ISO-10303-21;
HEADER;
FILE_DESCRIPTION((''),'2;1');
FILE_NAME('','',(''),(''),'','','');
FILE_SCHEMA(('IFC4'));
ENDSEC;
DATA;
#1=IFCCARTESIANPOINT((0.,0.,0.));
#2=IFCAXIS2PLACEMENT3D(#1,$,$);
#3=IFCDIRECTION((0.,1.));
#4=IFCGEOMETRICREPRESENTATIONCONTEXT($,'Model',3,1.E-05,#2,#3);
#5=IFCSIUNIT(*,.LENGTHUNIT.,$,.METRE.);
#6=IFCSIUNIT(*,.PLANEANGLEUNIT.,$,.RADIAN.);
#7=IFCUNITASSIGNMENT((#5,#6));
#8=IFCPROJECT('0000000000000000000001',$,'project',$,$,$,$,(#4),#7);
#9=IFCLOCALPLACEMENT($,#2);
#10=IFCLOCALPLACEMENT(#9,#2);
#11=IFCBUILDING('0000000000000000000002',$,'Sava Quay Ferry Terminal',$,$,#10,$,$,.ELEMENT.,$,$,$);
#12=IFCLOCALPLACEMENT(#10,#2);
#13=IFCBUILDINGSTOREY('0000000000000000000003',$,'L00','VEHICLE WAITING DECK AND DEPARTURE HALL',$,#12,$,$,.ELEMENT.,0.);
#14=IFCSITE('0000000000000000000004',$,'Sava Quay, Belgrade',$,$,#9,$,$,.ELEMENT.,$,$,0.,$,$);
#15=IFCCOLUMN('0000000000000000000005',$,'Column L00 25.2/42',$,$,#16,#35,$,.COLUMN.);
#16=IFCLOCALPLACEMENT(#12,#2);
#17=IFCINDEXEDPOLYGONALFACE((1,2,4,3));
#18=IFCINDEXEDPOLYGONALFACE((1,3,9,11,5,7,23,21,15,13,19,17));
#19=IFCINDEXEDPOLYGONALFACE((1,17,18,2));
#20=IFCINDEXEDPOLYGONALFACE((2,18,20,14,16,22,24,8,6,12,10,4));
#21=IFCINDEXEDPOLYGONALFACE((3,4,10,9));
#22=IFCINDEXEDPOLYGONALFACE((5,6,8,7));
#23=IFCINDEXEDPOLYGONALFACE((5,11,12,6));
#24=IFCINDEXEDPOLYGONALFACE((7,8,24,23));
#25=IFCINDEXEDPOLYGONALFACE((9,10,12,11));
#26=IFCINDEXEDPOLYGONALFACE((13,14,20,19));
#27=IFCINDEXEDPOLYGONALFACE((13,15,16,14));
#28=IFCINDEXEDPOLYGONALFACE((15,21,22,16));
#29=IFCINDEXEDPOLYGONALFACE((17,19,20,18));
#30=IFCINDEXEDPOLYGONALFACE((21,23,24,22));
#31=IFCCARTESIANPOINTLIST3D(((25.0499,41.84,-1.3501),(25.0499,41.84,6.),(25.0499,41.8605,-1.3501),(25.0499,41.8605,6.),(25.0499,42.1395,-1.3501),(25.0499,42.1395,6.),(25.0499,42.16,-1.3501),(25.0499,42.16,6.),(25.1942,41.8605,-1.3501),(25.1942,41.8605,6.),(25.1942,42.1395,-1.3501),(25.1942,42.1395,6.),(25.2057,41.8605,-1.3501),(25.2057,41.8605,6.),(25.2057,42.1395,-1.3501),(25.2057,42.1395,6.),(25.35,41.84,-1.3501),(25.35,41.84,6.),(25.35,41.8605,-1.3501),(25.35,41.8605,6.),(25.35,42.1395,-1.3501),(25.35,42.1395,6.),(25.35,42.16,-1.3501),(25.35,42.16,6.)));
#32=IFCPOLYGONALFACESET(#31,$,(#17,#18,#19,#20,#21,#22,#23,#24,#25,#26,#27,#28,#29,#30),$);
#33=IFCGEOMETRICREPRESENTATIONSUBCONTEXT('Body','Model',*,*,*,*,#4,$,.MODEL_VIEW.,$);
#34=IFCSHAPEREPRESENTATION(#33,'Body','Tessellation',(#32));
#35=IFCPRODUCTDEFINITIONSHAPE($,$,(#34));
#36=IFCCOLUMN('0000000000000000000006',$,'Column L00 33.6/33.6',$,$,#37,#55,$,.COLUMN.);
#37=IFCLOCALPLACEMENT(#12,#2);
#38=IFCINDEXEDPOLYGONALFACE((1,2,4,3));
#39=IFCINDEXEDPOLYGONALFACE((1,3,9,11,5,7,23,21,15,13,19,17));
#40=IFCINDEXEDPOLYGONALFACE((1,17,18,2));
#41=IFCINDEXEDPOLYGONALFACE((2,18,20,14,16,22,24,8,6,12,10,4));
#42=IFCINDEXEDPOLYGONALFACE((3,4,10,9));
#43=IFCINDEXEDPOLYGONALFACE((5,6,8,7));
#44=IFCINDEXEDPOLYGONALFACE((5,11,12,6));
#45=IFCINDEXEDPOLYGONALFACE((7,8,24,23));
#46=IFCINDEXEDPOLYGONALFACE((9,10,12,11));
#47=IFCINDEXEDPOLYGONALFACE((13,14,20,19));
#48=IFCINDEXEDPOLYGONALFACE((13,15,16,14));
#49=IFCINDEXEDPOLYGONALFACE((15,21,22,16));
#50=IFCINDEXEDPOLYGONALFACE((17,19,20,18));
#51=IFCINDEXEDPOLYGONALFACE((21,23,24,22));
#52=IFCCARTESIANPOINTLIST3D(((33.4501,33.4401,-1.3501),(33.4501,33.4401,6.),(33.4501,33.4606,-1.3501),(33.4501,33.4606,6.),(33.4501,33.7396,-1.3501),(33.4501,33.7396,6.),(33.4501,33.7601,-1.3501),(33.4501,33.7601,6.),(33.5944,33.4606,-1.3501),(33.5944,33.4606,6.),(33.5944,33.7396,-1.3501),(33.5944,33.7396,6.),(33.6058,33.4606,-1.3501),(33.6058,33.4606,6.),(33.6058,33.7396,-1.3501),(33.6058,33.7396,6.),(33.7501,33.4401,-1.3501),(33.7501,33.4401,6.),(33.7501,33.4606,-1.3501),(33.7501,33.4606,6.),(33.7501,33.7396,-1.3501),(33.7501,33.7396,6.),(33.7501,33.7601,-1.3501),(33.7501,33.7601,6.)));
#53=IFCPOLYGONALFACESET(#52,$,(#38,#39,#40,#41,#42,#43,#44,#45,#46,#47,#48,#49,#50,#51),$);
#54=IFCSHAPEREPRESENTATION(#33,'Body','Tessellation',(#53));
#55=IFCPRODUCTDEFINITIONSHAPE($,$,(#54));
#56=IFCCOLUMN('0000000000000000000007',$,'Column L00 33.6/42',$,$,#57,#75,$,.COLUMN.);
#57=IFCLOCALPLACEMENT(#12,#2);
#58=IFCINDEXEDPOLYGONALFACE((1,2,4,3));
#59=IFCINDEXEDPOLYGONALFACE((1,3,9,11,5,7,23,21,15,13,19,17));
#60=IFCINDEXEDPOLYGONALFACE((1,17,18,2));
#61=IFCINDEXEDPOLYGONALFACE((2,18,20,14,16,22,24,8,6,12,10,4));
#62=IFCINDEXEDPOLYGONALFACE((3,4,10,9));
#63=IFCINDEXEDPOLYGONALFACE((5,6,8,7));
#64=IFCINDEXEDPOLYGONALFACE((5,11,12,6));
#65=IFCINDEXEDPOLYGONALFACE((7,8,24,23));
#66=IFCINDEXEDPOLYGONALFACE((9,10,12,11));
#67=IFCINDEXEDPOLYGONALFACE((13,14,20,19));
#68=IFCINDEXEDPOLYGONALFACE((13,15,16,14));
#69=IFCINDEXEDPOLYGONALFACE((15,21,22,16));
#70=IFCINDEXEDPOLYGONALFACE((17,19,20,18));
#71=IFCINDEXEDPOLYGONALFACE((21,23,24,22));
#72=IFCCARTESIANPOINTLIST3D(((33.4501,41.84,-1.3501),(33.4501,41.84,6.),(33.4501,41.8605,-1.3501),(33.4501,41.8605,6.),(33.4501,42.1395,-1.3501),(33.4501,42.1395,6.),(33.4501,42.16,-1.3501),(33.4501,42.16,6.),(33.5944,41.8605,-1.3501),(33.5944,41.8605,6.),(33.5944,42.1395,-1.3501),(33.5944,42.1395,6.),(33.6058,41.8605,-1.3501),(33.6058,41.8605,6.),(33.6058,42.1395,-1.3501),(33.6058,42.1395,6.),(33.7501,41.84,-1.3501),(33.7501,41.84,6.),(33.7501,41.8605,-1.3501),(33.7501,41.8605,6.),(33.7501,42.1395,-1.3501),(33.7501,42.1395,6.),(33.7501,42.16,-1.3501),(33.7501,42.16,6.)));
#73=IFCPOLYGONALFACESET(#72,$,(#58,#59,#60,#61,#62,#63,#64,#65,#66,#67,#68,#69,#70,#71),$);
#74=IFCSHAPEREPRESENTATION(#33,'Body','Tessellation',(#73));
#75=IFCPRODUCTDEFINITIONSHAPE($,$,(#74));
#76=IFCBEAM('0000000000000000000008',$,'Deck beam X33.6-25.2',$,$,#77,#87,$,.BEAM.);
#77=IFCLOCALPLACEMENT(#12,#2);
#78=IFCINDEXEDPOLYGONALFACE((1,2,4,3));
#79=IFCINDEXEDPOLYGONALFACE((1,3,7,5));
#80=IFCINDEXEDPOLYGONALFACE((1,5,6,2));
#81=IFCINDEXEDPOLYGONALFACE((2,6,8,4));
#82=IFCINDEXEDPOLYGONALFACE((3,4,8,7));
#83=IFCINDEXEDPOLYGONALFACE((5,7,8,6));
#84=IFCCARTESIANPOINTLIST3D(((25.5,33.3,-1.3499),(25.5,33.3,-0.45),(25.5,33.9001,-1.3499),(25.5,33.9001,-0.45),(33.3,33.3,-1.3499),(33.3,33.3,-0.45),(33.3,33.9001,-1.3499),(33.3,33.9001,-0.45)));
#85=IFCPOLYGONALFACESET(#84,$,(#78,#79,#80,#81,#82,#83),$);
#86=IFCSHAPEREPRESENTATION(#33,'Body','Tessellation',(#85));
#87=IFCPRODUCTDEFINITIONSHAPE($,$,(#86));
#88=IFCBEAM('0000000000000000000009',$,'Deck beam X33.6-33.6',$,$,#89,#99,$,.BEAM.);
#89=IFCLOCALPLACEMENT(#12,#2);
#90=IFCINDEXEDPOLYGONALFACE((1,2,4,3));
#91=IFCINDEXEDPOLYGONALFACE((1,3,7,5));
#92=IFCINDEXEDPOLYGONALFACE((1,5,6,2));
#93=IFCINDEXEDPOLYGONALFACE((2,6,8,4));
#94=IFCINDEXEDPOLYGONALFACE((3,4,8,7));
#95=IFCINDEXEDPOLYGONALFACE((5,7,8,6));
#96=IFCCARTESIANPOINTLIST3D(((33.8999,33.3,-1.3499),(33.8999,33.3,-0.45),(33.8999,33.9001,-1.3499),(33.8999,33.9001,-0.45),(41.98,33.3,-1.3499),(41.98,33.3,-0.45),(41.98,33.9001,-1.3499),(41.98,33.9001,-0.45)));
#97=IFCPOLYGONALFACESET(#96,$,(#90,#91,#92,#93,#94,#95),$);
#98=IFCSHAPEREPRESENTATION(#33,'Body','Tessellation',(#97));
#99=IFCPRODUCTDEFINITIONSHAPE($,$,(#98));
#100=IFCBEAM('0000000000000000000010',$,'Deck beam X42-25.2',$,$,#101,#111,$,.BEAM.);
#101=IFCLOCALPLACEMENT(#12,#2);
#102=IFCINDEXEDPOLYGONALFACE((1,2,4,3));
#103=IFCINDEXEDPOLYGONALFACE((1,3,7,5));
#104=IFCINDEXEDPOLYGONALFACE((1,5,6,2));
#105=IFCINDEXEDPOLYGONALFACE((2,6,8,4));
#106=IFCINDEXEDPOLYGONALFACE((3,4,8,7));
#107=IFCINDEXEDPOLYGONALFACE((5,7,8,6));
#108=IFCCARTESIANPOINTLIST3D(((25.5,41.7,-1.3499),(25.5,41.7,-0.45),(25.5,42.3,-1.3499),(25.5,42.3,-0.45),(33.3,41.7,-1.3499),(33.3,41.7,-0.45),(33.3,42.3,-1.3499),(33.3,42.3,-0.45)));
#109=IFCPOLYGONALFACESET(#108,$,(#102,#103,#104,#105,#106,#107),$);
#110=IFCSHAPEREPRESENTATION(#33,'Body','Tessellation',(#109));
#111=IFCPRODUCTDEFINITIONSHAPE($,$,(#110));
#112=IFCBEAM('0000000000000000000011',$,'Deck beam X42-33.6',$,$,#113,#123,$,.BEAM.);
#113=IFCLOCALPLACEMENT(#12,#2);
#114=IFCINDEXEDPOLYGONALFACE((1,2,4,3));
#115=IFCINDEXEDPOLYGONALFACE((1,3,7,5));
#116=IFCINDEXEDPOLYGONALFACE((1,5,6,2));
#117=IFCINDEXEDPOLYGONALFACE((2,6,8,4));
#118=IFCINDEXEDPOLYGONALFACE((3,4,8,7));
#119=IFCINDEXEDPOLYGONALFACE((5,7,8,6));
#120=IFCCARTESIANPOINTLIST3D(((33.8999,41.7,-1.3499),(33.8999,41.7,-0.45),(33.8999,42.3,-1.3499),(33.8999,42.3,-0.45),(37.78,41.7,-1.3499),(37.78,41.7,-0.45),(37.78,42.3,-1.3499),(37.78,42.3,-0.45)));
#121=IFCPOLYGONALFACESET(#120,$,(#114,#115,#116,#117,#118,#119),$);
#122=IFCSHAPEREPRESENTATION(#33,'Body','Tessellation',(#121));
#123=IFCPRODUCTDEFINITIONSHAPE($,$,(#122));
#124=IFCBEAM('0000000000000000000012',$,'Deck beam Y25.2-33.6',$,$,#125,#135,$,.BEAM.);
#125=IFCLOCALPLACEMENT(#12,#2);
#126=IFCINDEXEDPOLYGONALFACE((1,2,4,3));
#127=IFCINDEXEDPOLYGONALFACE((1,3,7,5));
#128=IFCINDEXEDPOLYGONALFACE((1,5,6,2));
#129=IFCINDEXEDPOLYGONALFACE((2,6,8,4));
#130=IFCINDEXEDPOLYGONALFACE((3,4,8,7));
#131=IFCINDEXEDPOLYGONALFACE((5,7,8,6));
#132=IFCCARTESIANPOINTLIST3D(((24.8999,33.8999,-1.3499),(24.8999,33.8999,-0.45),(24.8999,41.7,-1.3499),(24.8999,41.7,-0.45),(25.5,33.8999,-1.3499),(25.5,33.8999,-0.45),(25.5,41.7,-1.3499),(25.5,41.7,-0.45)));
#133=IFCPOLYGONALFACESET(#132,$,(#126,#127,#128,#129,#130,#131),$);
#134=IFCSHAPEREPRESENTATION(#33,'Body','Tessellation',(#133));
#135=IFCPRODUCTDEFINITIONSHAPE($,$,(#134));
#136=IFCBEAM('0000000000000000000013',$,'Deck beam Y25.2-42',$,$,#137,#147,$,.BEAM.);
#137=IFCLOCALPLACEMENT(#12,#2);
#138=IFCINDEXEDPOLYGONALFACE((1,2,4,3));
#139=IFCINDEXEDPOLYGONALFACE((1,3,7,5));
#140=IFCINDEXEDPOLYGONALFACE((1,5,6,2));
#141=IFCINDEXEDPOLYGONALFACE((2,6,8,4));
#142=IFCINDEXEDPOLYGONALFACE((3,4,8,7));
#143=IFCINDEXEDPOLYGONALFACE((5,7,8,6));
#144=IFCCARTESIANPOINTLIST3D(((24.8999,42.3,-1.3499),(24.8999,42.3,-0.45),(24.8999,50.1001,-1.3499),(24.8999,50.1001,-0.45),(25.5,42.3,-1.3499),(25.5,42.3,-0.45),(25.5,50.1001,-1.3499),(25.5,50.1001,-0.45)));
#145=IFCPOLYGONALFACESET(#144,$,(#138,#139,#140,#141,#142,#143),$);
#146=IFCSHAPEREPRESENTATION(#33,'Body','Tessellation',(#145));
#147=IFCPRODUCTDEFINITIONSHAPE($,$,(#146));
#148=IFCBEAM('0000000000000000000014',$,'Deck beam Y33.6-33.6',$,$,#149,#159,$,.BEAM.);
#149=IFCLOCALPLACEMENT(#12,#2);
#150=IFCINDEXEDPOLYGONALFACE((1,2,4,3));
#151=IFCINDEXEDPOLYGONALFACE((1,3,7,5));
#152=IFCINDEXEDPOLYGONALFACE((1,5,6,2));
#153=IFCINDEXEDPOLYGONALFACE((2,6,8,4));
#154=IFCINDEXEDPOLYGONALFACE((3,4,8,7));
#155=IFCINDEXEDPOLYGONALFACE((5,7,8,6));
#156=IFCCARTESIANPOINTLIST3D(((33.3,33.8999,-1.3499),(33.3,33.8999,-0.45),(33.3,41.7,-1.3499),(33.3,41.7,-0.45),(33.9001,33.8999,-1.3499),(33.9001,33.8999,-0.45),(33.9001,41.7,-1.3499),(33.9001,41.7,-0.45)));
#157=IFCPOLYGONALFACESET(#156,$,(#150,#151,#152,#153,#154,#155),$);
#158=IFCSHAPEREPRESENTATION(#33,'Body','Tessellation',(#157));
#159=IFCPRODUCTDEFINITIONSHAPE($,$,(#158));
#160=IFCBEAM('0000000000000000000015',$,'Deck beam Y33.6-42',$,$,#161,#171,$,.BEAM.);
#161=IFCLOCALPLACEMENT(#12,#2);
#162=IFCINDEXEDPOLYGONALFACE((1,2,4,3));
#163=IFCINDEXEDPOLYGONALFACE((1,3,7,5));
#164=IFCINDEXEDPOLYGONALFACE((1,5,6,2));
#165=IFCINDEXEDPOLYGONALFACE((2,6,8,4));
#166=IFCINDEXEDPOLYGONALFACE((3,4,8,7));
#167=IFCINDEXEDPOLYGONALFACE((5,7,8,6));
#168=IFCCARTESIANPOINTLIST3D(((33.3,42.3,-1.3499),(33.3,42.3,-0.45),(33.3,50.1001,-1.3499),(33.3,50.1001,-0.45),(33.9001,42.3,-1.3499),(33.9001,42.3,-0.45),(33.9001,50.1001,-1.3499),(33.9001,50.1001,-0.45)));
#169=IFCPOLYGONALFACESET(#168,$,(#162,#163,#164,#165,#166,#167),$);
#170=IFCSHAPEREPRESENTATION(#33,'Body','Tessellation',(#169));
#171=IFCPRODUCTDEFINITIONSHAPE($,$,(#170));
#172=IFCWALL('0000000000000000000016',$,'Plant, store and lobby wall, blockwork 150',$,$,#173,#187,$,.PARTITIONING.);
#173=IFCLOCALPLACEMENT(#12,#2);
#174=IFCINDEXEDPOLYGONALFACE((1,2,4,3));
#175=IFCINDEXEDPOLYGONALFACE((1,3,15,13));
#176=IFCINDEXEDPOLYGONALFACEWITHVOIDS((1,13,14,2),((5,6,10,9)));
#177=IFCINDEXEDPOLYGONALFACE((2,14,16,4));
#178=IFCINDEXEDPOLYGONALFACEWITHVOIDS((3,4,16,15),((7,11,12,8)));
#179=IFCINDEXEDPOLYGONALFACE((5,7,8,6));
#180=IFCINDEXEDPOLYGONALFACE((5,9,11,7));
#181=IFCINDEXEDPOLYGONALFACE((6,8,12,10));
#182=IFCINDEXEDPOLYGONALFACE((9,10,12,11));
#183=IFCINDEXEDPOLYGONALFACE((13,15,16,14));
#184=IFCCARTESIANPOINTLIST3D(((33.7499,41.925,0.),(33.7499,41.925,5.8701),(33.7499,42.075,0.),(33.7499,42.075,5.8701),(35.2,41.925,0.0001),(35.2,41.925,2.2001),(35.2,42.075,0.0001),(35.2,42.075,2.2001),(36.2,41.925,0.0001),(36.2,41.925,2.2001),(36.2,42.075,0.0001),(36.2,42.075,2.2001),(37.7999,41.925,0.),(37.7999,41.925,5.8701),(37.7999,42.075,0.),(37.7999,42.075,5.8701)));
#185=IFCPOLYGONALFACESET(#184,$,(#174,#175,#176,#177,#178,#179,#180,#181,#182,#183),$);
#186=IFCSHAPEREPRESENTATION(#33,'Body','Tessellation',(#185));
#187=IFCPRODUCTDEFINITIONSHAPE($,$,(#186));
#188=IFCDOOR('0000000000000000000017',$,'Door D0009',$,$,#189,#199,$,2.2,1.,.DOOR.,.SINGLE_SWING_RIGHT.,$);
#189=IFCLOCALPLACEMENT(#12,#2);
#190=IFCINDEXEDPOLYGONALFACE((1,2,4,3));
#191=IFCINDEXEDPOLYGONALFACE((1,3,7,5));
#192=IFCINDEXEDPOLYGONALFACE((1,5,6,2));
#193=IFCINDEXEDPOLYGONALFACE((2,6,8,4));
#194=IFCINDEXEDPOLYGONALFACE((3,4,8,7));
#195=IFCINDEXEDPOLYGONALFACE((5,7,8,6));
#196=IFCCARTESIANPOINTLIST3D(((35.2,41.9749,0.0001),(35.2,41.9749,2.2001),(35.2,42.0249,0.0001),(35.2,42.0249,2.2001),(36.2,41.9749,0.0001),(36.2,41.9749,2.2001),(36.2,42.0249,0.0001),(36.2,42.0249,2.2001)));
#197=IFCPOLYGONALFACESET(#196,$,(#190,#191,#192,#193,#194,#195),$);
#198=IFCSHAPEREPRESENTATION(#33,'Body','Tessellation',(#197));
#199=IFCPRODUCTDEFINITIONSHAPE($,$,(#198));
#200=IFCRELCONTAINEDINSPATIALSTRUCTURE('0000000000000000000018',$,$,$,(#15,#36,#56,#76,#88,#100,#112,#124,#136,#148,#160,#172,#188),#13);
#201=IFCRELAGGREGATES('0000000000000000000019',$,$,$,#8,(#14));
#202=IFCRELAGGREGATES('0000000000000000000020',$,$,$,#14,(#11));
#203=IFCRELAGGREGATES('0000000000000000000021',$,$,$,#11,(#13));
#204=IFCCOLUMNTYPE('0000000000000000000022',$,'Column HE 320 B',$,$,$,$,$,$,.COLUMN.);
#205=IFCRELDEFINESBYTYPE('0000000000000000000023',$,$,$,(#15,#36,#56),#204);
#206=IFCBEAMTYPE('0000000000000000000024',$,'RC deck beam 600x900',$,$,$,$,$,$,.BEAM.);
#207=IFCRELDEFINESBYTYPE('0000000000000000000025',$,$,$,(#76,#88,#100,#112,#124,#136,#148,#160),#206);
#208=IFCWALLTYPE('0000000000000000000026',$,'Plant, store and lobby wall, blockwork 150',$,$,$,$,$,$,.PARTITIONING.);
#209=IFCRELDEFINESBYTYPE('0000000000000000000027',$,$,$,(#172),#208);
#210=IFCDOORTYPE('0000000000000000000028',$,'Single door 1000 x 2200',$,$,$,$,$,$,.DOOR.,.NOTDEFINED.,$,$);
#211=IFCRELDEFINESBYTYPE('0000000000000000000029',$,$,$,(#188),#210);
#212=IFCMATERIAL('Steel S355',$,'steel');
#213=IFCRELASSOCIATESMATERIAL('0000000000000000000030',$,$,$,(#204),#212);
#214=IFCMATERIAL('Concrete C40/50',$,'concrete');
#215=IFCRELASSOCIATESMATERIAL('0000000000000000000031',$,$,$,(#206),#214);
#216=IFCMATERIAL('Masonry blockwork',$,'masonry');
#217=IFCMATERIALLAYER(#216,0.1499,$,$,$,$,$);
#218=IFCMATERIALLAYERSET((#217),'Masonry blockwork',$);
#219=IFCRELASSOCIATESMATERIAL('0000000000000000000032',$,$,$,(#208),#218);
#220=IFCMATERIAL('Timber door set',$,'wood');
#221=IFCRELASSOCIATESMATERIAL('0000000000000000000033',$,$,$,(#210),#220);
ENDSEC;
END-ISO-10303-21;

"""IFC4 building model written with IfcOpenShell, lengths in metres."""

from ifc_helpers import new_model, si_unit, direction, frame, frame_2d, origin, origin_2d, place, context, subcontext, project, spatial, rectangle, i_section, extrude, material, layer, layer_set, material_profile, profile_set, type_object, element, fill, save


model = new_model("IFC4")

# Units and contexts
model_context = context("Model", 3, precision=1e-05, world=origin(), true_north=direction((0.0, 1.0)))
body_context = subcontext(model_context, "Body", "Model", "MODEL_VIEW")
ifc_project = project(units=[si_unit("LENGTHUNIT", "METRE"), si_unit("PLANEANGLEUNIT", "RADIAN")], contexts=[model_context])

# Site, building, storey
site_placement = place(None, origin())
site = spatial("IfcSite", under=ifc_project, at=site_placement, Name="Sava Quay, Belgrade", CompositionType="ELEMENT", RefElevation=0.0)
building_placement = place(site_placement, origin())
building = spatial("IfcBuilding", under=site, at=building_placement, Name="Sava Quay Ferry Terminal", CompositionType="ELEMENT")
storey_placement = place(building_placement, origin())
storey = spatial("IfcBuildingStorey", under=building, at=storey_placement, Name="L00", Description="VEHICLE WAITING DECK AND DEPARTURE HALL", CompositionType="ELEMENT", Elevation=0.0)

# Columns
ifc_material_1 = material(Name="Steel S355", Category="steel")
ifc_material_profile_1 = material_profile(ifc_material_1, i_section(OverallWidth=0.3, OverallDepth=0.3201, WebThickness=0.0115, FlangeThickness=0.0205, at=origin_2d()), Name="HE 320 B")
ifc_profile_set_1 = profile_set([ifc_material_profile_1], Name="Steel S355")
column_type = type_object("IfcColumnType", Name="Column HE 320 B", PredefinedType="COLUMN", material=ifc_profile_set_1)
for number, where, z_axis, x_axis, name in (
    (1, (25.2, 42.0, -1.3501), (0.0, 0.0, 1.0), (1.0, 0.0, 0.0), "Column L00 25.2/42"),
    (2, (33.6001, 33.6001, -1.3501), (0.0, 0.0, 1.0), (1.0, 0.0, 0.0), "Column L00 33.6/33.6"),
    (3, (33.6001, 42.0, -1.3501), (0.0, 0.0, 1.0), (1.0, 0.0, 0.0), "Column L00 33.6/42"),
):
    element("IfcColumn", number, at=place(storey_placement, frame(where, z_axis=z_axis, x_axis=x_axis)), inside=storey, type_object=column_type, Name=name, PredefinedType="COLUMN", context=body_context, shape_type="SweptSolid", body=[
        extrude(i_section(OverallWidth=0.3, OverallDepth=0.3201, WebThickness=0.0115, FlangeThickness=0.0205, at=origin_2d()), origin(), (0.0, 0.0, 1.0), 7.3501),
    ])

# Beams
ifc_material_2 = material(Name="Concrete C40/50", Category="concrete")
ifc_material_profile_2 = material_profile(ifc_material_2, rectangle(XDim=0.6001, YDim=0.8999, at=origin_2d()), Name="RC 600x900")
ifc_profile_set_2 = profile_set([ifc_material_profile_2], Name="Concrete C40/50")
beam_type = type_object("IfcBeamType", Name="RC deck beam 600x900", PredefinedType="BEAM", material=ifc_profile_set_2)
beam_1_placement = place(storey_placement, frame((25.5, 33.6001, -0.8999), z_axis=(1.0, 0.0, 0.0), x_axis=(0.0, 1.0, 0.0)))
element("IfcBeam", 4, at=beam_1_placement, inside=storey, type_object=beam_type, Name="Deck beam X33.6-25.2", PredefinedType="BEAM", context=body_context, shape_type="SweptSolid", body=[
    extrude(rectangle(XDim=0.6001, YDim=0.8999, at=origin_2d()), origin(), (0.0, 0.0, 1.0), 7.8),
])
beam_2_placement = place(storey_placement, frame((33.8999, 33.6001, -0.8999), z_axis=(1.0, 0.0, 0.0), x_axis=(0.0, 1.0, 0.0)))
element("IfcBeam", 5, at=beam_2_placement, inside=storey, type_object=beam_type, Name="Deck beam X33.6-33.6", PredefinedType="BEAM", context=body_context, shape_type="SweptSolid", body=[
    extrude(rectangle(XDim=0.6001, YDim=0.8999, at=origin_2d()), origin(), (0.0, 0.0, 1.0), 8.0801),
])
beam_3_placement = place(storey_placement, frame((25.5, 42.0, -0.8999), z_axis=(1.0, 0.0, 0.0), x_axis=(0.0, 1.0, 0.0)))
element("IfcBeam", 6, at=beam_3_placement, inside=storey, type_object=beam_type, Name="Deck beam X42-25.2", PredefinedType="BEAM", context=body_context, shape_type="SweptSolid", body=[
    extrude(rectangle(XDim=0.6001, YDim=0.8999, at=origin_2d()), origin(), (0.0, 0.0, 1.0), 7.8),
])
beam_4_placement = place(storey_placement, frame((33.8999, 42.0, -0.8999), z_axis=(1.0, 0.0, 0.0), x_axis=(0.0, 1.0, 0.0)))
element("IfcBeam", 7, at=beam_4_placement, inside=storey, type_object=beam_type, Name="Deck beam X42-33.6", PredefinedType="BEAM", context=body_context, shape_type="SweptSolid", body=[
    extrude(rectangle(XDim=0.6001, YDim=0.8999, at=origin_2d()), origin(), (0.0, 0.0, 1.0), 3.8801),
])
for number, where, z_axis, x_axis, name in (
    (8, (25.2, 33.8999, -0.8999), (0.0, 1.0, 0.0), (-1.0, 0.0, 0.0), "Deck beam Y25.2-33.6"),
    (9, (25.2, 42.3, -0.8999), (0.0, 1.0, 0.0), (-1.0, 0.0, 0.0), "Deck beam Y25.2-42"),
    (10, (33.6001, 33.8999, -0.8999), (0.0, 1.0, 0.0), (-1.0, 0.0, 0.0), "Deck beam Y33.6-33.6"),
    (11, (33.6001, 42.3, -0.8999), (0.0, 1.0, 0.0), (-1.0, 0.0, 0.0), "Deck beam Y33.6-42"),
):
    element("IfcBeam", number, at=place(storey_placement, frame(where, z_axis=z_axis, x_axis=x_axis)), inside=storey, type_object=beam_type, Name=name, PredefinedType="BEAM", context=body_context, shape_type="SweptSolid", body=[
        extrude(rectangle(XDim=0.6001, YDim=0.8999, at=origin_2d()), origin(), (0.0, 0.0, 1.0), 7.8),
    ])

# Wall, opening, door
ifc_material_3 = material(Name="Masonry blockwork", Category="masonry")
ifc_layer_1 = layer(ifc_material_3, 0.1499)
ifc_layer_set_1 = layer_set([ifc_layer_1], Name="Masonry blockwork")
wall_type_1 = type_object("IfcWallType", Name="Plant, store and lobby wall, blockwork 150", PredefinedType="PARTITIONING", material=ifc_layer_set_1)
wall_1_placement = place(storey_placement, frame((33.75, 42.0, 0.0), z_axis=(0.0, 0.0, 1.0), x_axis=(1.0, 0.0, 0.0)))
wall_1 = element("IfcWall", 12, at=wall_1_placement, inside=storey, type_object=wall_type_1, Name="Plant, store and lobby wall, blockwork 150", PredefinedType="PARTITIONING", context=body_context, shape_type="SweptSolid", body=[
    extrude(rectangle(XDim=4.05, YDim=0.1499, at=frame_2d((2.0249, 0.0))), origin(), (0.0, 0.0, 1.0), 5.8701),
])
opening_placement = place(wall_1_placement, frame((1.45, 0.0, 0.0)))
opening = element("IfcOpeningElement", 13, at=opening_placement, cuts=wall_1, PredefinedType="OPENING", context=body_context, shape_type="SweptSolid", body=[
    extrude(rectangle(XDim=1.0, YDim=2.2, at=frame_2d((0.5, 1.1001))), frame((0.0, 0.075, 0.0), z_axis=(0.0, -1.0, 0.0), x_axis=(1.0, 0.0, 0.0)), (0.0, 0.0, 1.0), 0.1499),
])
ifc_material_4 = material(Name="Timber door set", Category="wood")
door_type = type_object("IfcDoorType", Name="Single door 1000 x 2200", OperationType="NOTDEFINED", PredefinedType="DOOR", material=ifc_material_4)
door_placement = place(opening_placement, origin())
door = element("IfcDoor", 14, at=door_placement, inside=storey, type_object=door_type, Name="Door D0009", OperationType="SINGLE_SWING_RIGHT", OverallHeight=2.2, OverallWidth=1.0, PredefinedType="DOOR", context=body_context, shape_type="SweptSolid", body=[
    extrude(rectangle(XDim=1.0, YDim=2.2, at=frame_2d((0.5, 1.1001))), frame((0.0, 0.0249, 0.0), z_axis=(0.0, -1.0, 0.0), x_axis=(1.0, 0.0, 0.0)), (0.0, 0.0, 1.0), 0.05),
])
fill(opening, door)

save(model, "model.ifc")
